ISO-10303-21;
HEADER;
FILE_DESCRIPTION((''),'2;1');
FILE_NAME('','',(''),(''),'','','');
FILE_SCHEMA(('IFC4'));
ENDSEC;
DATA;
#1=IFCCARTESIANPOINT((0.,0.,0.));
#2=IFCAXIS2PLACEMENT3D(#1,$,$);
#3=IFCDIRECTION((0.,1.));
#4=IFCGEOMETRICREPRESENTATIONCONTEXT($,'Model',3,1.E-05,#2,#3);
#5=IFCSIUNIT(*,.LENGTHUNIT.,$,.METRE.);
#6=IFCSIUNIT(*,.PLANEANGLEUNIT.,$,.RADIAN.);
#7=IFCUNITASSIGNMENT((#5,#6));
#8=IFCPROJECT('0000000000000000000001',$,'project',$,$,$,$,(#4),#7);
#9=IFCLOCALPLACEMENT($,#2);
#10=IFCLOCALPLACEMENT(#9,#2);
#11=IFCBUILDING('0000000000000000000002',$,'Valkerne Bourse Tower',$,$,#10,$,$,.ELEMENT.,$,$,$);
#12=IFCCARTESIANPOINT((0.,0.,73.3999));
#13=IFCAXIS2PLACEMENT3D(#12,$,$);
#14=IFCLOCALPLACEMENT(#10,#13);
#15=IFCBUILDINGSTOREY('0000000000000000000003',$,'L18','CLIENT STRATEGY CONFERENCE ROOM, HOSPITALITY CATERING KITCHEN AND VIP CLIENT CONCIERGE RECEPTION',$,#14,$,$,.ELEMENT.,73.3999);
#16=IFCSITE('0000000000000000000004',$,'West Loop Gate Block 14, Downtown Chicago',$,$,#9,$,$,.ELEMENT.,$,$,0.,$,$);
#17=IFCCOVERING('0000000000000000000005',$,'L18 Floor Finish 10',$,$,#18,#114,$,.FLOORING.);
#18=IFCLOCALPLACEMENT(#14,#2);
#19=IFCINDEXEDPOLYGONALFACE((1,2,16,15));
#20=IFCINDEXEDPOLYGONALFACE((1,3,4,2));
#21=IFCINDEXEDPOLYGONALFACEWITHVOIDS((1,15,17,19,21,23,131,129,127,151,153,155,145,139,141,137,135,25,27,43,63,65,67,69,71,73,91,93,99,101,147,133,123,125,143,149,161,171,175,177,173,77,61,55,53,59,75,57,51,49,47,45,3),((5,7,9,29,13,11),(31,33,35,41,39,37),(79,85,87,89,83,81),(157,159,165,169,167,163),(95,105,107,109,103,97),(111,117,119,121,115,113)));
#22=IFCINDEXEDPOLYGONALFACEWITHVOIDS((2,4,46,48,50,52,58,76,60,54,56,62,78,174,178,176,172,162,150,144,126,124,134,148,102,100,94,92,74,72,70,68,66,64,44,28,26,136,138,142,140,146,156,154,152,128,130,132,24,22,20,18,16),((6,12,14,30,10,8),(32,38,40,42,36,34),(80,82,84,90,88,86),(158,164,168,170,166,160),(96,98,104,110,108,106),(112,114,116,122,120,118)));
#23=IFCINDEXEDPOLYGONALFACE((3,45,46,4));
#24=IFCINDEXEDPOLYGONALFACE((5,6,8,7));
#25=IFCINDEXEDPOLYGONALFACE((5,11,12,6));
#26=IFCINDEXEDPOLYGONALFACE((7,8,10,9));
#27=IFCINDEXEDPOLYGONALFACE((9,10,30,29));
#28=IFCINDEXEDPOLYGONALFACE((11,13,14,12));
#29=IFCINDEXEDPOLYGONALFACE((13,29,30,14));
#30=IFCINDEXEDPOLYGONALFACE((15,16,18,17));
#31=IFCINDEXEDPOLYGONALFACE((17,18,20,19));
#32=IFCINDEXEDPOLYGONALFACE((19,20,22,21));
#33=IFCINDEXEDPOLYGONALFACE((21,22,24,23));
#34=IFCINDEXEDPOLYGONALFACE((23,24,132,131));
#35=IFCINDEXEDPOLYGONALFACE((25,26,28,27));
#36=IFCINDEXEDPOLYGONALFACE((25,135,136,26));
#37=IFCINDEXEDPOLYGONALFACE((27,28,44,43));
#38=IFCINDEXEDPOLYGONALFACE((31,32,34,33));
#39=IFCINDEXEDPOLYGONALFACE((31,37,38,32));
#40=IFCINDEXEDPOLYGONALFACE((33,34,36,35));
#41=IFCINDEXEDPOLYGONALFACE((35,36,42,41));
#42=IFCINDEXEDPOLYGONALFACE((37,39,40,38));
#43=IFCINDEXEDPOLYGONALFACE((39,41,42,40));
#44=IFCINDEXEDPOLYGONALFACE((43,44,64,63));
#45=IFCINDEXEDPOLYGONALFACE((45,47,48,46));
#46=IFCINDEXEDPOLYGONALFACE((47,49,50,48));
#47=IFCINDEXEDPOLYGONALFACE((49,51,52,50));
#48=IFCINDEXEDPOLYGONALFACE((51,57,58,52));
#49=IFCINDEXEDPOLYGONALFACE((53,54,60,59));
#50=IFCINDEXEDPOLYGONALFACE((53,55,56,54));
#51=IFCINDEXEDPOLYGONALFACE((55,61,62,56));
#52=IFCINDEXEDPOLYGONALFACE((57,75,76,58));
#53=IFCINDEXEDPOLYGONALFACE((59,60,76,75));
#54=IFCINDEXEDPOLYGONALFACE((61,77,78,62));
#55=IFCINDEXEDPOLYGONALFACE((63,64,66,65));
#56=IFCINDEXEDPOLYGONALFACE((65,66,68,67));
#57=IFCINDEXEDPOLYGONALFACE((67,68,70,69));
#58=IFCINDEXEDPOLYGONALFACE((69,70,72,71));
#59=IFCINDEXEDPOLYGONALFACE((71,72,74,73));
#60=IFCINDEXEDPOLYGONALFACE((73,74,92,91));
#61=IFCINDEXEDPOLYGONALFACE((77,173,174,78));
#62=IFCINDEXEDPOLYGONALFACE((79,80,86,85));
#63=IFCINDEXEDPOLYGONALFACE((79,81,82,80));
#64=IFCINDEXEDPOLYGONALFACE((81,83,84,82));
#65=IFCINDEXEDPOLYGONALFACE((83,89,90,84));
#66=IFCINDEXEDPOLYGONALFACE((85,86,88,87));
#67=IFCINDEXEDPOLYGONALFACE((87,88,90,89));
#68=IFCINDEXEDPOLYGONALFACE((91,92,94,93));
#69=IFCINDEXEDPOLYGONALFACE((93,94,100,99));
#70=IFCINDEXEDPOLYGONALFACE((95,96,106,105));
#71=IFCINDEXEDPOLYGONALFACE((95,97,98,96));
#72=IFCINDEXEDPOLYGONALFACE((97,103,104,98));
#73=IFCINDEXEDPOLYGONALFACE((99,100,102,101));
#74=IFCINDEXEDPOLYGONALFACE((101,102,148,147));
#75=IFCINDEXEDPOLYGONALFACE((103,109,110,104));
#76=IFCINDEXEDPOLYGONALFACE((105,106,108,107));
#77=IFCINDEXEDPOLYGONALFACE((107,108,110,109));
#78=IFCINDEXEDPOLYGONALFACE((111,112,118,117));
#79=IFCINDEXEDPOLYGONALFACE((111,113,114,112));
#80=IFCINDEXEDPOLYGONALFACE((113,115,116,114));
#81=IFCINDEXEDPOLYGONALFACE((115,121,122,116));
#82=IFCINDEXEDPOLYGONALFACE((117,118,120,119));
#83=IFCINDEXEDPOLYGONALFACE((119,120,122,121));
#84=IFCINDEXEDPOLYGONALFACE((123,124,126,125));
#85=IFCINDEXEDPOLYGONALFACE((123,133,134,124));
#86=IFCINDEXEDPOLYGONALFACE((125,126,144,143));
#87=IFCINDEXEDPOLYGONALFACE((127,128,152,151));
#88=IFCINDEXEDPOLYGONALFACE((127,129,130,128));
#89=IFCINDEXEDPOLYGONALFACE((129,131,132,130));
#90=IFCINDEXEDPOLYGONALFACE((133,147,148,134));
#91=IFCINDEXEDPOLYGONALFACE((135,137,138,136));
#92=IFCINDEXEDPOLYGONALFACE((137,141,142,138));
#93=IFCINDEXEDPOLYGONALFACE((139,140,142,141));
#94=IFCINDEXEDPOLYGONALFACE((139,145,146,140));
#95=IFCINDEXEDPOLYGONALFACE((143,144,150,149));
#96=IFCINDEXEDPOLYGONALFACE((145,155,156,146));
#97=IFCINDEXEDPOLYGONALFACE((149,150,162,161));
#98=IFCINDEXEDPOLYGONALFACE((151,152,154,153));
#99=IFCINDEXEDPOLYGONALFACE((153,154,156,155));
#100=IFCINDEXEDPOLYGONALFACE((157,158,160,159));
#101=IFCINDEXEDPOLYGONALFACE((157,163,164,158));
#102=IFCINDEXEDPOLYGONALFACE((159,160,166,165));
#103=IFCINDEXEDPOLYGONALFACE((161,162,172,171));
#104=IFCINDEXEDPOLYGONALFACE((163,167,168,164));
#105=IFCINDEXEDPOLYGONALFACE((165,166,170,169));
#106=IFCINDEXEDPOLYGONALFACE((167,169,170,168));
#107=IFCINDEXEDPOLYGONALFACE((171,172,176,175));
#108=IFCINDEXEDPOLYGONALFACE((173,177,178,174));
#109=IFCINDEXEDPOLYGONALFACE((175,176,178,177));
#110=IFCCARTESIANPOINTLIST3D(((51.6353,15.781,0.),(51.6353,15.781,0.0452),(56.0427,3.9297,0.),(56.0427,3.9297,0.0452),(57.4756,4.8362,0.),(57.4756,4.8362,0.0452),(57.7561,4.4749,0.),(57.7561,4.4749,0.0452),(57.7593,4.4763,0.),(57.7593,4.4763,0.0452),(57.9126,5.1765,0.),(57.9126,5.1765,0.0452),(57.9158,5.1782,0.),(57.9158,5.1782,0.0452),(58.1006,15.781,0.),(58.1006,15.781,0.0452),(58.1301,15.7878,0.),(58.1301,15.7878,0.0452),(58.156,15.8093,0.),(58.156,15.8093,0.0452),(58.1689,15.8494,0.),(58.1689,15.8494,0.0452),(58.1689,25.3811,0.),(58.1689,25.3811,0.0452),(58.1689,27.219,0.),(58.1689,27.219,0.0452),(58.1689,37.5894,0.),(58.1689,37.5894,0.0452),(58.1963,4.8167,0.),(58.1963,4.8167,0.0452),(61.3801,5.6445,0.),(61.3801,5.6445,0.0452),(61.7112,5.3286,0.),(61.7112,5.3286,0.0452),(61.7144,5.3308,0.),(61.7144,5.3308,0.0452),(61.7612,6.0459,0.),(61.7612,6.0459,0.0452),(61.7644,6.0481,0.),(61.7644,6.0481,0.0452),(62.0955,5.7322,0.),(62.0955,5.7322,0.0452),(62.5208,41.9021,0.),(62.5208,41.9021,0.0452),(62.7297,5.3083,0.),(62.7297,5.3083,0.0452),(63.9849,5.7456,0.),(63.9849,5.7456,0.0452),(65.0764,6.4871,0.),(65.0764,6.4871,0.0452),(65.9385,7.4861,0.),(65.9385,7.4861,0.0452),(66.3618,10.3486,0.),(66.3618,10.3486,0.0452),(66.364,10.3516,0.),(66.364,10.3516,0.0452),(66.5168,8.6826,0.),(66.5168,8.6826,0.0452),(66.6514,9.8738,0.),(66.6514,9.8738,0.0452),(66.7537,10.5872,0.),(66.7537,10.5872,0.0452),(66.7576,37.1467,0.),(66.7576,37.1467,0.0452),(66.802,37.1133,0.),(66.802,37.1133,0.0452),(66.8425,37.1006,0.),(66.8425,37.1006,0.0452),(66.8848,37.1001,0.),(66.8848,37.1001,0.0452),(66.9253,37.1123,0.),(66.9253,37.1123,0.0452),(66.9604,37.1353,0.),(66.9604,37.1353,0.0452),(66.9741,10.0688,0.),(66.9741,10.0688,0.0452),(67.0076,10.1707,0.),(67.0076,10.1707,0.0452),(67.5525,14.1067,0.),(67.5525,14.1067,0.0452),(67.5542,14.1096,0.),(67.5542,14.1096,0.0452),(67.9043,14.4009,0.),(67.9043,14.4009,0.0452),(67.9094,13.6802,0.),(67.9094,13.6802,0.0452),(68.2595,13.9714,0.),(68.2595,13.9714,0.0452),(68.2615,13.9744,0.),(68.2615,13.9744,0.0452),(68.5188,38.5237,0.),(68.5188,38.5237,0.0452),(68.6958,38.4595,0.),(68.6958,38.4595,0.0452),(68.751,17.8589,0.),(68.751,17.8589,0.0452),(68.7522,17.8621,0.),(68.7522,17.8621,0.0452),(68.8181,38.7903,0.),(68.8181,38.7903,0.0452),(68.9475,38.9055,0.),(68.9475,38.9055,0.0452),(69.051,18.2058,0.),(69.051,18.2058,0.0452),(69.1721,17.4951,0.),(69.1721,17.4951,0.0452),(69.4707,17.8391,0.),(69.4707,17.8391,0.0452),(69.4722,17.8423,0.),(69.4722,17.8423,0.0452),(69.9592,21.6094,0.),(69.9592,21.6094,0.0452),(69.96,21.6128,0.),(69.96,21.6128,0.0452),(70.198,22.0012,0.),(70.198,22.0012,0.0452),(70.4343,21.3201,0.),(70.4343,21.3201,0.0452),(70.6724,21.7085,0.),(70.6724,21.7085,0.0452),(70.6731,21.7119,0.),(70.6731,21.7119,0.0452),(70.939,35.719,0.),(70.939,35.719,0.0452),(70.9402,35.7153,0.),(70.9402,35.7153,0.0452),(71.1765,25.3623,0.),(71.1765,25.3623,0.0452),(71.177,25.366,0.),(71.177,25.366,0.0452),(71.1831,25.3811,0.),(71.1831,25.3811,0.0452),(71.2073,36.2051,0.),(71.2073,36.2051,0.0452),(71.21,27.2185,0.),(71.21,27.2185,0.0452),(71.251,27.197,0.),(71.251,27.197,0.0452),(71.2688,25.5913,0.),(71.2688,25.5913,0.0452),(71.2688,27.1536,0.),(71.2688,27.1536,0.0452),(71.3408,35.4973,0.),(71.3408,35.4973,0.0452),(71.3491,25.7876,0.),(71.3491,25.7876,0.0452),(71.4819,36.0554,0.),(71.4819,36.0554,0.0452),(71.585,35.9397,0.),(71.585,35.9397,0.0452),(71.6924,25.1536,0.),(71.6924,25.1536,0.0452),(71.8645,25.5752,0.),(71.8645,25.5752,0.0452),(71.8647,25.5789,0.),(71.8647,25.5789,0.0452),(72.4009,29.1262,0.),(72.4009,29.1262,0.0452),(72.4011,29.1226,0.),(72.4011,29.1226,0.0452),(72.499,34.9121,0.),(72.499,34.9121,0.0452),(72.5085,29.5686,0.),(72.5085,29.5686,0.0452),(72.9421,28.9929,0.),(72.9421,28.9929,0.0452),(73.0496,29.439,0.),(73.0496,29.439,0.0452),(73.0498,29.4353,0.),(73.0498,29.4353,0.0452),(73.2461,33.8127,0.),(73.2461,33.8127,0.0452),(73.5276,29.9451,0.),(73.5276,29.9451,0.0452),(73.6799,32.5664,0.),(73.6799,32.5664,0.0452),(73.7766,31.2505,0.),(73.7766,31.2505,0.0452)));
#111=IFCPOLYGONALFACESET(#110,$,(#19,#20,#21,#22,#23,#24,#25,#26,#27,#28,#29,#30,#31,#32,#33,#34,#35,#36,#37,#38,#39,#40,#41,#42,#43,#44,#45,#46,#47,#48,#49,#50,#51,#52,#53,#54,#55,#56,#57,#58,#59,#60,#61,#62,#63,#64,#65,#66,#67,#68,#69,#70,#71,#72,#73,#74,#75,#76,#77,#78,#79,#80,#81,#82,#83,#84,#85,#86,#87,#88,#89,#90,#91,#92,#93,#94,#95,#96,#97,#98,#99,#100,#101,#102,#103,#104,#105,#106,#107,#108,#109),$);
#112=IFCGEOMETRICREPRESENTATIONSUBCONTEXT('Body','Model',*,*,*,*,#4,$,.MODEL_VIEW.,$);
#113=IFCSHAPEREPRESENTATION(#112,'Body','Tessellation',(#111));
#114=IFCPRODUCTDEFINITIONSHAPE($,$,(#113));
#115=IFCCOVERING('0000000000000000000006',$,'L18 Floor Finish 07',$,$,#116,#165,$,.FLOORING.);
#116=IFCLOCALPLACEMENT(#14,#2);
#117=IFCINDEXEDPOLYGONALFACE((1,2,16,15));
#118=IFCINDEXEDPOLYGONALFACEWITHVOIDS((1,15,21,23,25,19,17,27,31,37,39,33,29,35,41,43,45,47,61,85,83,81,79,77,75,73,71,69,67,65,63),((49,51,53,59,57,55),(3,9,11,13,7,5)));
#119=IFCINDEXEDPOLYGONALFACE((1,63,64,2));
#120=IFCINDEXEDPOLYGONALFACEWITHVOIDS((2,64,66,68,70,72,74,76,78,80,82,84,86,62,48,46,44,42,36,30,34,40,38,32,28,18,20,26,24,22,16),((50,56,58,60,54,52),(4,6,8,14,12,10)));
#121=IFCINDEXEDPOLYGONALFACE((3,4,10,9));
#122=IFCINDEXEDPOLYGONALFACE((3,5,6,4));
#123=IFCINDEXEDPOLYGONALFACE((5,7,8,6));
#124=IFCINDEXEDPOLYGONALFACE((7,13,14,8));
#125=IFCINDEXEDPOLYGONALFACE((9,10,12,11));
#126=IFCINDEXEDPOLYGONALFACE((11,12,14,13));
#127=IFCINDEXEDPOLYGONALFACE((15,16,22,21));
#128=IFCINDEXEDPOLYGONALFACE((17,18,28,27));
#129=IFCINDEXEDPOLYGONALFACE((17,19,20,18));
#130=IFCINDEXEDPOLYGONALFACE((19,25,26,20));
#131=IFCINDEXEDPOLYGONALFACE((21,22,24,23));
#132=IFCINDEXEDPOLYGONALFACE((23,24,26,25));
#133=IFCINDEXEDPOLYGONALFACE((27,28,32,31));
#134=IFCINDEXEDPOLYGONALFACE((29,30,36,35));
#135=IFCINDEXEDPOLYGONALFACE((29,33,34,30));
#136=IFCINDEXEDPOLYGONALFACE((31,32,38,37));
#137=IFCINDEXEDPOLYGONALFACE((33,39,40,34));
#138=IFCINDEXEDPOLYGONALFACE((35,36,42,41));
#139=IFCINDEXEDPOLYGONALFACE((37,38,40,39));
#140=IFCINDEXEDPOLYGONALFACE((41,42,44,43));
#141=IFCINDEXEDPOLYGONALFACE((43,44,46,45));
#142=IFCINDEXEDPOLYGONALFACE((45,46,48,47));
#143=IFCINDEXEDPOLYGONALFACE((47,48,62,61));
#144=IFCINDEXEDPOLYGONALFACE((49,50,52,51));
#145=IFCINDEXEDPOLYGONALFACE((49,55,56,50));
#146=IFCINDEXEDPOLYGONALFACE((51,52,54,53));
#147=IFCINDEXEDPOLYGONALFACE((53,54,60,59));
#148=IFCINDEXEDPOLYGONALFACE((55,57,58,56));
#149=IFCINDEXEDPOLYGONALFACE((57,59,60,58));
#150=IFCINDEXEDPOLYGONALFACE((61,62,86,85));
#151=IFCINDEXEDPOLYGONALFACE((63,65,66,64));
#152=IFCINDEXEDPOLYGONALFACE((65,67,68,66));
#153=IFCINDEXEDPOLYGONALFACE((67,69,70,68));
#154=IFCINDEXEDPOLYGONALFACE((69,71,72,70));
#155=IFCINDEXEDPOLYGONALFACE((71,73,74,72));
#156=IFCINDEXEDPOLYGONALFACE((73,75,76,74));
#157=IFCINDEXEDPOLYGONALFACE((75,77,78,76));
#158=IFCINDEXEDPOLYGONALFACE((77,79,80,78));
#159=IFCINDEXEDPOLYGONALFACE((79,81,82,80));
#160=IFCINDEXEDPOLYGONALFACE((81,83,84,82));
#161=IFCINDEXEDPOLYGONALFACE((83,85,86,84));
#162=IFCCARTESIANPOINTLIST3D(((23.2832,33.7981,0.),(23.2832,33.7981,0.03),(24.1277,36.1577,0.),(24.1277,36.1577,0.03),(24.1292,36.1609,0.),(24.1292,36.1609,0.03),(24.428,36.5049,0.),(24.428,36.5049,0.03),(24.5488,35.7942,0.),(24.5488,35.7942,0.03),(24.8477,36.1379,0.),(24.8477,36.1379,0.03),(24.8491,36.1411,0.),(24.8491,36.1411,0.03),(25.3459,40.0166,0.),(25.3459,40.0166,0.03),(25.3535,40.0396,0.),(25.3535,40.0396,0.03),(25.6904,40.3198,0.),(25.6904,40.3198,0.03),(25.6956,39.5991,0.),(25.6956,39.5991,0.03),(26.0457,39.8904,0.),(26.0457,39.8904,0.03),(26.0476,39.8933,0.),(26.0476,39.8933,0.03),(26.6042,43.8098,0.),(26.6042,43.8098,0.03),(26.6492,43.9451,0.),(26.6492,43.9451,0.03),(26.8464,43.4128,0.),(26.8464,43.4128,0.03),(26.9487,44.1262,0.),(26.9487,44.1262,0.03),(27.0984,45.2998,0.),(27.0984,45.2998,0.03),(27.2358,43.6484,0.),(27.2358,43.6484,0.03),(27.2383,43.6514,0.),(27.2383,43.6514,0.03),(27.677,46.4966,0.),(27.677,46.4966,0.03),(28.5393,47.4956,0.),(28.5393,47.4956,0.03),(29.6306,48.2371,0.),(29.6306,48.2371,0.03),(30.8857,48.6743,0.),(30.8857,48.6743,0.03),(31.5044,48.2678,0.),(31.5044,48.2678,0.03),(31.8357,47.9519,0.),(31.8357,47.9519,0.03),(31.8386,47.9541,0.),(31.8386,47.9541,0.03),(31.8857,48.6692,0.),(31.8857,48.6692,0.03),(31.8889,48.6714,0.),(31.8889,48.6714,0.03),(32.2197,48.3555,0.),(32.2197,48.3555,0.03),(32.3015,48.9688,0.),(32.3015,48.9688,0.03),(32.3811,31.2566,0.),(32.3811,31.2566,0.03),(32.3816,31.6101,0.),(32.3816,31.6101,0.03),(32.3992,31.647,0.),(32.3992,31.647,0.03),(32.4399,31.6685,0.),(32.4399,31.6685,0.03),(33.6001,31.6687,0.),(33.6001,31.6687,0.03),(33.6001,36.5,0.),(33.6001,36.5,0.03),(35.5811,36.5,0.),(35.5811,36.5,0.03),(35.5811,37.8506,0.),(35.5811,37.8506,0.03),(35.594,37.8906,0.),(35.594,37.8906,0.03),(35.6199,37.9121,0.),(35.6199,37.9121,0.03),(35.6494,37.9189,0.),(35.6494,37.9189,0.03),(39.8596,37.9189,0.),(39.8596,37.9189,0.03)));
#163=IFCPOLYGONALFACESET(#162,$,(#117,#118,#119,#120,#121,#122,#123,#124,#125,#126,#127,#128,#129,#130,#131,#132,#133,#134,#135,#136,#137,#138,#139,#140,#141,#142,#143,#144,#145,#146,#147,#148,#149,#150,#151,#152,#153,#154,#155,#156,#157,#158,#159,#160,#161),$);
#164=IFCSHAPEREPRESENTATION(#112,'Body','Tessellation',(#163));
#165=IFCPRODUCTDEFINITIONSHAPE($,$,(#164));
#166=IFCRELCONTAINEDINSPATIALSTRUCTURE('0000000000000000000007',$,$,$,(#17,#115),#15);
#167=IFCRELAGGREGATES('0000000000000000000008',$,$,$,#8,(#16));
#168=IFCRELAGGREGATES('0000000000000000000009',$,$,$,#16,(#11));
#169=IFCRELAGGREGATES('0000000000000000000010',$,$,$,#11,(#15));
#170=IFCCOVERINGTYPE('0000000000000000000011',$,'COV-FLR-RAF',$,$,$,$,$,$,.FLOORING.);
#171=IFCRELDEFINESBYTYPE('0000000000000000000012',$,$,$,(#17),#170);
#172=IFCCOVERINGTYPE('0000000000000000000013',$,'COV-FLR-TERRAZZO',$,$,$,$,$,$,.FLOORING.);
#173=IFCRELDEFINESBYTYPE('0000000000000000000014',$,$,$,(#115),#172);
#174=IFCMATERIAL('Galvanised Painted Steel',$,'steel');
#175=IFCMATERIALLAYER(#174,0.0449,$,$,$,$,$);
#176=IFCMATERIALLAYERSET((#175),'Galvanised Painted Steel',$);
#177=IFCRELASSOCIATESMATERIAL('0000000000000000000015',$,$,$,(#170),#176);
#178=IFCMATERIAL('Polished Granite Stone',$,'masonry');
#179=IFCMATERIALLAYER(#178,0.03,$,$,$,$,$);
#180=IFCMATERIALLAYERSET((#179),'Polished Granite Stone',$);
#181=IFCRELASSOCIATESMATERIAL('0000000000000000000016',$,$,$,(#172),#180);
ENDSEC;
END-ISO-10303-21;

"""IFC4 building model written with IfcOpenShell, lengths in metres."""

from ifc_helpers import new_model, si_unit, direction, frame, origin, place, context, subcontext, project, spatial, polyline, outline, extrude, material, layer, layer_set, type_object, element, save


model = new_model("IFC4")

# Units and contexts
model_context = context("Model", 3, precision=1e-05, world=origin(), true_north=direction((0.0, 1.0)))
body_context = subcontext(model_context, "Body", "Model", "MODEL_VIEW")
ifc_project = project(units=[si_unit("LENGTHUNIT", "METRE"), si_unit("PLANEANGLEUNIT", "RADIAN")], contexts=[model_context])

# Site, building, storey
site_placement = place(None, origin())
site = spatial("IfcSite", under=ifc_project, at=site_placement, Name="West Loop Gate Block 14, Downtown Chicago", CompositionType="ELEMENT", RefElevation=0.0)
building_placement = place(site_placement, origin())
building = spatial("IfcBuilding", under=site, at=building_placement, Name="Valkerne Bourse Tower", CompositionType="ELEMENT")
storey_placement = place(building_placement, frame((0.0, 0.0, 73.3999)))
storey = spatial("IfcBuildingStorey", under=building, at=storey_placement, Name="L18", Description="CLIENT STRATEGY CONFERENCE ROOM, HOSPITALITY CATERING KITCHEN AND VIP CLIENT CONCIERGE RECEPTION", CompositionType="ELEMENT", Elevation=73.3999)

# Coverings
ifc_material_1 = material(Name="Galvanised Painted Steel", Category="steel")
ifc_layer_1 = layer(ifc_material_1, 0.0449)
ifc_layer_set_1 = layer_set([ifc_layer_1], Name="Galvanised Painted Steel")
covering_type_1 = type_object("IfcCoveringType", Name="COV-FLR-RAF", PredefinedType="FLOORING", material=ifc_layer_set_1)
covering_1_placement = place(storey_placement, origin())
element("IfcCovering", 1, at=covering_1_placement, inside=storey, type_object=covering_type_1, Name="L18 Floor Finish 10", PredefinedType="FLOORING", context=body_context, shape_type="SweptSolid", body=[
    extrude(outline(polyline([(73.5276, 29.9451), (67.0076, 10.1707), (66.7537, 10.5872), (66.364, 10.3516), (66.3618, 10.3486), (66.6514, 9.8738), (66.9741, 10.0688), (66.5168, 8.6826), (65.9385, 7.4861), (65.0764, 6.4871), (63.9849, 5.7456), (62.7297, 5.3083), (56.0427, 3.9297), (51.6353, 15.781), (58.1006, 15.781), (58.1301, 15.7878), (58.156, 15.8093), (58.1689, 15.8494), (58.1689, 25.3811), (71.1831, 25.3811), (71.177, 25.366), (71.1765, 25.3623), (71.6924, 25.1536), (71.8645, 25.5752), (71.8647, 25.5789), (71.3491, 25.7876), (71.2688, 25.5913), (71.2688, 27.1536), (71.251, 27.197), (71.21, 27.2185), (58.1689, 27.219), (58.1689, 37.5894), (62.5208, 41.9021), (66.7576, 37.1467), (66.802, 37.1133), (66.8425, 37.1006), (66.8848, 37.1001), (66.9253, 37.1123), (66.9604, 37.1353), (68.5188, 38.5237), (68.6958, 38.4595), (68.8181, 38.7903), (68.9475, 38.9055), (71.4819, 36.0554), (71.2073, 36.2051), (70.939, 35.719), (70.9402, 35.7153), (71.3408, 35.4973), (71.585, 35.9397), (72.499, 34.9121), (73.2461, 33.8127), (73.6799, 32.5664), (73.7766, 31.2505), (73.5276, 29.9451)]), holes=[polyline([(58.1963, 4.8167), (57.9158, 5.1782), (57.9126, 5.1765), (57.4756, 4.8362), (57.7561, 4.4749), (57.7593, 4.4763), (58.1963, 4.8167)]), polyline([(61.7144, 5.3308), (62.0955, 5.7322), (61.7644, 6.0481), (61.7612, 6.0459), (61.3801, 5.6445), (61.7112, 5.3286), (61.7144, 5.3308)]), polyline([(68.2615, 13.9744), (67.9043, 14.4009), (67.5542, 14.1096), (67.5525, 14.1067), (67.9094, 13.6802), (68.2595, 13.9714), (68.2615, 13.9744)]), polyline([(69.4707, 17.8391), (69.4722, 17.8423), (69.051, 18.2058), (68.7522, 17.8621), (68.751, 17.8589), (69.1721, 17.4951), (69.4707, 17.8391)]), polyline([(70.6724, 21.7085), (70.6731, 21.7119), (70.198, 22.0012), (69.96, 21.6128), (69.9592, 21.6094), (70.4343, 21.3201), (70.6724, 21.7085)]), polyline([(73.0498, 29.4353), (73.0496, 29.439), (72.5085, 29.5686), (72.4009, 29.1262), (72.4011, 29.1226), (72.9421, 28.9929), (73.0498, 29.4353)])]), origin(), (0.0, 0.0, 1.0), 0.0452),
])
ifc_material_2 = material(Name="Polished Granite Stone", Category="masonry")
ifc_layer_2 = layer(ifc_material_2, 0.03)
ifc_layer_set_2 = layer_set([ifc_layer_2], Name="Polished Granite Stone")
covering_type_2 = type_object("IfcCoveringType", Name="COV-FLR-TERRAZZO", PredefinedType="FLOORING", material=ifc_layer_set_2)
covering_2_placement = place(storey_placement, origin())
element("IfcCovering", 2, at=covering_2_placement, inside=storey, type_object=covering_type_2, Name="L18 Floor Finish 07", PredefinedType="FLOORING", context=body_context, shape_type="SweptSolid", body=[
    extrude(outline(polyline([(28.5393, 47.4956), (29.6306, 48.2371), (30.8857, 48.6743), (32.3015, 48.9688), (39.8596, 37.9189), (35.6494, 37.9189), (35.6199, 37.9121), (35.594, 37.8906), (35.5811, 37.8506), (35.5811, 36.5), (33.6001, 36.5), (33.6001, 31.6687), (32.4399, 31.6685), (32.3992, 31.647), (32.3816, 31.6101), (32.3811, 31.2566), (23.2832, 33.7981), (25.3459, 40.0166), (25.6956, 39.5991), (26.0457, 39.8904), (26.0476, 39.8933), (25.6904, 40.3198), (25.3535, 40.0396), (26.6042, 43.8098), (26.8464, 43.4128), (27.2358, 43.6484), (27.2383, 43.6514), (26.9487, 44.1262), (26.6492, 43.9451), (27.0984, 45.2998), (27.677, 46.4966), (28.5393, 47.4956)]), holes=[polyline([(24.8491, 36.1411), (24.428, 36.5049), (24.1292, 36.1609), (24.1277, 36.1577), (24.5488, 35.7942), (24.8477, 36.1379), (24.8491, 36.1411)]), polyline([(32.2197, 48.3555), (31.8889, 48.6714), (31.8857, 48.6692), (31.5044, 48.2678), (31.8357, 47.9519), (31.8386, 47.9541), (32.2197, 48.3555)])]), origin(), (0.0, 0.0, 1.0), 0.03),
])

save(model, "model.ifc")
